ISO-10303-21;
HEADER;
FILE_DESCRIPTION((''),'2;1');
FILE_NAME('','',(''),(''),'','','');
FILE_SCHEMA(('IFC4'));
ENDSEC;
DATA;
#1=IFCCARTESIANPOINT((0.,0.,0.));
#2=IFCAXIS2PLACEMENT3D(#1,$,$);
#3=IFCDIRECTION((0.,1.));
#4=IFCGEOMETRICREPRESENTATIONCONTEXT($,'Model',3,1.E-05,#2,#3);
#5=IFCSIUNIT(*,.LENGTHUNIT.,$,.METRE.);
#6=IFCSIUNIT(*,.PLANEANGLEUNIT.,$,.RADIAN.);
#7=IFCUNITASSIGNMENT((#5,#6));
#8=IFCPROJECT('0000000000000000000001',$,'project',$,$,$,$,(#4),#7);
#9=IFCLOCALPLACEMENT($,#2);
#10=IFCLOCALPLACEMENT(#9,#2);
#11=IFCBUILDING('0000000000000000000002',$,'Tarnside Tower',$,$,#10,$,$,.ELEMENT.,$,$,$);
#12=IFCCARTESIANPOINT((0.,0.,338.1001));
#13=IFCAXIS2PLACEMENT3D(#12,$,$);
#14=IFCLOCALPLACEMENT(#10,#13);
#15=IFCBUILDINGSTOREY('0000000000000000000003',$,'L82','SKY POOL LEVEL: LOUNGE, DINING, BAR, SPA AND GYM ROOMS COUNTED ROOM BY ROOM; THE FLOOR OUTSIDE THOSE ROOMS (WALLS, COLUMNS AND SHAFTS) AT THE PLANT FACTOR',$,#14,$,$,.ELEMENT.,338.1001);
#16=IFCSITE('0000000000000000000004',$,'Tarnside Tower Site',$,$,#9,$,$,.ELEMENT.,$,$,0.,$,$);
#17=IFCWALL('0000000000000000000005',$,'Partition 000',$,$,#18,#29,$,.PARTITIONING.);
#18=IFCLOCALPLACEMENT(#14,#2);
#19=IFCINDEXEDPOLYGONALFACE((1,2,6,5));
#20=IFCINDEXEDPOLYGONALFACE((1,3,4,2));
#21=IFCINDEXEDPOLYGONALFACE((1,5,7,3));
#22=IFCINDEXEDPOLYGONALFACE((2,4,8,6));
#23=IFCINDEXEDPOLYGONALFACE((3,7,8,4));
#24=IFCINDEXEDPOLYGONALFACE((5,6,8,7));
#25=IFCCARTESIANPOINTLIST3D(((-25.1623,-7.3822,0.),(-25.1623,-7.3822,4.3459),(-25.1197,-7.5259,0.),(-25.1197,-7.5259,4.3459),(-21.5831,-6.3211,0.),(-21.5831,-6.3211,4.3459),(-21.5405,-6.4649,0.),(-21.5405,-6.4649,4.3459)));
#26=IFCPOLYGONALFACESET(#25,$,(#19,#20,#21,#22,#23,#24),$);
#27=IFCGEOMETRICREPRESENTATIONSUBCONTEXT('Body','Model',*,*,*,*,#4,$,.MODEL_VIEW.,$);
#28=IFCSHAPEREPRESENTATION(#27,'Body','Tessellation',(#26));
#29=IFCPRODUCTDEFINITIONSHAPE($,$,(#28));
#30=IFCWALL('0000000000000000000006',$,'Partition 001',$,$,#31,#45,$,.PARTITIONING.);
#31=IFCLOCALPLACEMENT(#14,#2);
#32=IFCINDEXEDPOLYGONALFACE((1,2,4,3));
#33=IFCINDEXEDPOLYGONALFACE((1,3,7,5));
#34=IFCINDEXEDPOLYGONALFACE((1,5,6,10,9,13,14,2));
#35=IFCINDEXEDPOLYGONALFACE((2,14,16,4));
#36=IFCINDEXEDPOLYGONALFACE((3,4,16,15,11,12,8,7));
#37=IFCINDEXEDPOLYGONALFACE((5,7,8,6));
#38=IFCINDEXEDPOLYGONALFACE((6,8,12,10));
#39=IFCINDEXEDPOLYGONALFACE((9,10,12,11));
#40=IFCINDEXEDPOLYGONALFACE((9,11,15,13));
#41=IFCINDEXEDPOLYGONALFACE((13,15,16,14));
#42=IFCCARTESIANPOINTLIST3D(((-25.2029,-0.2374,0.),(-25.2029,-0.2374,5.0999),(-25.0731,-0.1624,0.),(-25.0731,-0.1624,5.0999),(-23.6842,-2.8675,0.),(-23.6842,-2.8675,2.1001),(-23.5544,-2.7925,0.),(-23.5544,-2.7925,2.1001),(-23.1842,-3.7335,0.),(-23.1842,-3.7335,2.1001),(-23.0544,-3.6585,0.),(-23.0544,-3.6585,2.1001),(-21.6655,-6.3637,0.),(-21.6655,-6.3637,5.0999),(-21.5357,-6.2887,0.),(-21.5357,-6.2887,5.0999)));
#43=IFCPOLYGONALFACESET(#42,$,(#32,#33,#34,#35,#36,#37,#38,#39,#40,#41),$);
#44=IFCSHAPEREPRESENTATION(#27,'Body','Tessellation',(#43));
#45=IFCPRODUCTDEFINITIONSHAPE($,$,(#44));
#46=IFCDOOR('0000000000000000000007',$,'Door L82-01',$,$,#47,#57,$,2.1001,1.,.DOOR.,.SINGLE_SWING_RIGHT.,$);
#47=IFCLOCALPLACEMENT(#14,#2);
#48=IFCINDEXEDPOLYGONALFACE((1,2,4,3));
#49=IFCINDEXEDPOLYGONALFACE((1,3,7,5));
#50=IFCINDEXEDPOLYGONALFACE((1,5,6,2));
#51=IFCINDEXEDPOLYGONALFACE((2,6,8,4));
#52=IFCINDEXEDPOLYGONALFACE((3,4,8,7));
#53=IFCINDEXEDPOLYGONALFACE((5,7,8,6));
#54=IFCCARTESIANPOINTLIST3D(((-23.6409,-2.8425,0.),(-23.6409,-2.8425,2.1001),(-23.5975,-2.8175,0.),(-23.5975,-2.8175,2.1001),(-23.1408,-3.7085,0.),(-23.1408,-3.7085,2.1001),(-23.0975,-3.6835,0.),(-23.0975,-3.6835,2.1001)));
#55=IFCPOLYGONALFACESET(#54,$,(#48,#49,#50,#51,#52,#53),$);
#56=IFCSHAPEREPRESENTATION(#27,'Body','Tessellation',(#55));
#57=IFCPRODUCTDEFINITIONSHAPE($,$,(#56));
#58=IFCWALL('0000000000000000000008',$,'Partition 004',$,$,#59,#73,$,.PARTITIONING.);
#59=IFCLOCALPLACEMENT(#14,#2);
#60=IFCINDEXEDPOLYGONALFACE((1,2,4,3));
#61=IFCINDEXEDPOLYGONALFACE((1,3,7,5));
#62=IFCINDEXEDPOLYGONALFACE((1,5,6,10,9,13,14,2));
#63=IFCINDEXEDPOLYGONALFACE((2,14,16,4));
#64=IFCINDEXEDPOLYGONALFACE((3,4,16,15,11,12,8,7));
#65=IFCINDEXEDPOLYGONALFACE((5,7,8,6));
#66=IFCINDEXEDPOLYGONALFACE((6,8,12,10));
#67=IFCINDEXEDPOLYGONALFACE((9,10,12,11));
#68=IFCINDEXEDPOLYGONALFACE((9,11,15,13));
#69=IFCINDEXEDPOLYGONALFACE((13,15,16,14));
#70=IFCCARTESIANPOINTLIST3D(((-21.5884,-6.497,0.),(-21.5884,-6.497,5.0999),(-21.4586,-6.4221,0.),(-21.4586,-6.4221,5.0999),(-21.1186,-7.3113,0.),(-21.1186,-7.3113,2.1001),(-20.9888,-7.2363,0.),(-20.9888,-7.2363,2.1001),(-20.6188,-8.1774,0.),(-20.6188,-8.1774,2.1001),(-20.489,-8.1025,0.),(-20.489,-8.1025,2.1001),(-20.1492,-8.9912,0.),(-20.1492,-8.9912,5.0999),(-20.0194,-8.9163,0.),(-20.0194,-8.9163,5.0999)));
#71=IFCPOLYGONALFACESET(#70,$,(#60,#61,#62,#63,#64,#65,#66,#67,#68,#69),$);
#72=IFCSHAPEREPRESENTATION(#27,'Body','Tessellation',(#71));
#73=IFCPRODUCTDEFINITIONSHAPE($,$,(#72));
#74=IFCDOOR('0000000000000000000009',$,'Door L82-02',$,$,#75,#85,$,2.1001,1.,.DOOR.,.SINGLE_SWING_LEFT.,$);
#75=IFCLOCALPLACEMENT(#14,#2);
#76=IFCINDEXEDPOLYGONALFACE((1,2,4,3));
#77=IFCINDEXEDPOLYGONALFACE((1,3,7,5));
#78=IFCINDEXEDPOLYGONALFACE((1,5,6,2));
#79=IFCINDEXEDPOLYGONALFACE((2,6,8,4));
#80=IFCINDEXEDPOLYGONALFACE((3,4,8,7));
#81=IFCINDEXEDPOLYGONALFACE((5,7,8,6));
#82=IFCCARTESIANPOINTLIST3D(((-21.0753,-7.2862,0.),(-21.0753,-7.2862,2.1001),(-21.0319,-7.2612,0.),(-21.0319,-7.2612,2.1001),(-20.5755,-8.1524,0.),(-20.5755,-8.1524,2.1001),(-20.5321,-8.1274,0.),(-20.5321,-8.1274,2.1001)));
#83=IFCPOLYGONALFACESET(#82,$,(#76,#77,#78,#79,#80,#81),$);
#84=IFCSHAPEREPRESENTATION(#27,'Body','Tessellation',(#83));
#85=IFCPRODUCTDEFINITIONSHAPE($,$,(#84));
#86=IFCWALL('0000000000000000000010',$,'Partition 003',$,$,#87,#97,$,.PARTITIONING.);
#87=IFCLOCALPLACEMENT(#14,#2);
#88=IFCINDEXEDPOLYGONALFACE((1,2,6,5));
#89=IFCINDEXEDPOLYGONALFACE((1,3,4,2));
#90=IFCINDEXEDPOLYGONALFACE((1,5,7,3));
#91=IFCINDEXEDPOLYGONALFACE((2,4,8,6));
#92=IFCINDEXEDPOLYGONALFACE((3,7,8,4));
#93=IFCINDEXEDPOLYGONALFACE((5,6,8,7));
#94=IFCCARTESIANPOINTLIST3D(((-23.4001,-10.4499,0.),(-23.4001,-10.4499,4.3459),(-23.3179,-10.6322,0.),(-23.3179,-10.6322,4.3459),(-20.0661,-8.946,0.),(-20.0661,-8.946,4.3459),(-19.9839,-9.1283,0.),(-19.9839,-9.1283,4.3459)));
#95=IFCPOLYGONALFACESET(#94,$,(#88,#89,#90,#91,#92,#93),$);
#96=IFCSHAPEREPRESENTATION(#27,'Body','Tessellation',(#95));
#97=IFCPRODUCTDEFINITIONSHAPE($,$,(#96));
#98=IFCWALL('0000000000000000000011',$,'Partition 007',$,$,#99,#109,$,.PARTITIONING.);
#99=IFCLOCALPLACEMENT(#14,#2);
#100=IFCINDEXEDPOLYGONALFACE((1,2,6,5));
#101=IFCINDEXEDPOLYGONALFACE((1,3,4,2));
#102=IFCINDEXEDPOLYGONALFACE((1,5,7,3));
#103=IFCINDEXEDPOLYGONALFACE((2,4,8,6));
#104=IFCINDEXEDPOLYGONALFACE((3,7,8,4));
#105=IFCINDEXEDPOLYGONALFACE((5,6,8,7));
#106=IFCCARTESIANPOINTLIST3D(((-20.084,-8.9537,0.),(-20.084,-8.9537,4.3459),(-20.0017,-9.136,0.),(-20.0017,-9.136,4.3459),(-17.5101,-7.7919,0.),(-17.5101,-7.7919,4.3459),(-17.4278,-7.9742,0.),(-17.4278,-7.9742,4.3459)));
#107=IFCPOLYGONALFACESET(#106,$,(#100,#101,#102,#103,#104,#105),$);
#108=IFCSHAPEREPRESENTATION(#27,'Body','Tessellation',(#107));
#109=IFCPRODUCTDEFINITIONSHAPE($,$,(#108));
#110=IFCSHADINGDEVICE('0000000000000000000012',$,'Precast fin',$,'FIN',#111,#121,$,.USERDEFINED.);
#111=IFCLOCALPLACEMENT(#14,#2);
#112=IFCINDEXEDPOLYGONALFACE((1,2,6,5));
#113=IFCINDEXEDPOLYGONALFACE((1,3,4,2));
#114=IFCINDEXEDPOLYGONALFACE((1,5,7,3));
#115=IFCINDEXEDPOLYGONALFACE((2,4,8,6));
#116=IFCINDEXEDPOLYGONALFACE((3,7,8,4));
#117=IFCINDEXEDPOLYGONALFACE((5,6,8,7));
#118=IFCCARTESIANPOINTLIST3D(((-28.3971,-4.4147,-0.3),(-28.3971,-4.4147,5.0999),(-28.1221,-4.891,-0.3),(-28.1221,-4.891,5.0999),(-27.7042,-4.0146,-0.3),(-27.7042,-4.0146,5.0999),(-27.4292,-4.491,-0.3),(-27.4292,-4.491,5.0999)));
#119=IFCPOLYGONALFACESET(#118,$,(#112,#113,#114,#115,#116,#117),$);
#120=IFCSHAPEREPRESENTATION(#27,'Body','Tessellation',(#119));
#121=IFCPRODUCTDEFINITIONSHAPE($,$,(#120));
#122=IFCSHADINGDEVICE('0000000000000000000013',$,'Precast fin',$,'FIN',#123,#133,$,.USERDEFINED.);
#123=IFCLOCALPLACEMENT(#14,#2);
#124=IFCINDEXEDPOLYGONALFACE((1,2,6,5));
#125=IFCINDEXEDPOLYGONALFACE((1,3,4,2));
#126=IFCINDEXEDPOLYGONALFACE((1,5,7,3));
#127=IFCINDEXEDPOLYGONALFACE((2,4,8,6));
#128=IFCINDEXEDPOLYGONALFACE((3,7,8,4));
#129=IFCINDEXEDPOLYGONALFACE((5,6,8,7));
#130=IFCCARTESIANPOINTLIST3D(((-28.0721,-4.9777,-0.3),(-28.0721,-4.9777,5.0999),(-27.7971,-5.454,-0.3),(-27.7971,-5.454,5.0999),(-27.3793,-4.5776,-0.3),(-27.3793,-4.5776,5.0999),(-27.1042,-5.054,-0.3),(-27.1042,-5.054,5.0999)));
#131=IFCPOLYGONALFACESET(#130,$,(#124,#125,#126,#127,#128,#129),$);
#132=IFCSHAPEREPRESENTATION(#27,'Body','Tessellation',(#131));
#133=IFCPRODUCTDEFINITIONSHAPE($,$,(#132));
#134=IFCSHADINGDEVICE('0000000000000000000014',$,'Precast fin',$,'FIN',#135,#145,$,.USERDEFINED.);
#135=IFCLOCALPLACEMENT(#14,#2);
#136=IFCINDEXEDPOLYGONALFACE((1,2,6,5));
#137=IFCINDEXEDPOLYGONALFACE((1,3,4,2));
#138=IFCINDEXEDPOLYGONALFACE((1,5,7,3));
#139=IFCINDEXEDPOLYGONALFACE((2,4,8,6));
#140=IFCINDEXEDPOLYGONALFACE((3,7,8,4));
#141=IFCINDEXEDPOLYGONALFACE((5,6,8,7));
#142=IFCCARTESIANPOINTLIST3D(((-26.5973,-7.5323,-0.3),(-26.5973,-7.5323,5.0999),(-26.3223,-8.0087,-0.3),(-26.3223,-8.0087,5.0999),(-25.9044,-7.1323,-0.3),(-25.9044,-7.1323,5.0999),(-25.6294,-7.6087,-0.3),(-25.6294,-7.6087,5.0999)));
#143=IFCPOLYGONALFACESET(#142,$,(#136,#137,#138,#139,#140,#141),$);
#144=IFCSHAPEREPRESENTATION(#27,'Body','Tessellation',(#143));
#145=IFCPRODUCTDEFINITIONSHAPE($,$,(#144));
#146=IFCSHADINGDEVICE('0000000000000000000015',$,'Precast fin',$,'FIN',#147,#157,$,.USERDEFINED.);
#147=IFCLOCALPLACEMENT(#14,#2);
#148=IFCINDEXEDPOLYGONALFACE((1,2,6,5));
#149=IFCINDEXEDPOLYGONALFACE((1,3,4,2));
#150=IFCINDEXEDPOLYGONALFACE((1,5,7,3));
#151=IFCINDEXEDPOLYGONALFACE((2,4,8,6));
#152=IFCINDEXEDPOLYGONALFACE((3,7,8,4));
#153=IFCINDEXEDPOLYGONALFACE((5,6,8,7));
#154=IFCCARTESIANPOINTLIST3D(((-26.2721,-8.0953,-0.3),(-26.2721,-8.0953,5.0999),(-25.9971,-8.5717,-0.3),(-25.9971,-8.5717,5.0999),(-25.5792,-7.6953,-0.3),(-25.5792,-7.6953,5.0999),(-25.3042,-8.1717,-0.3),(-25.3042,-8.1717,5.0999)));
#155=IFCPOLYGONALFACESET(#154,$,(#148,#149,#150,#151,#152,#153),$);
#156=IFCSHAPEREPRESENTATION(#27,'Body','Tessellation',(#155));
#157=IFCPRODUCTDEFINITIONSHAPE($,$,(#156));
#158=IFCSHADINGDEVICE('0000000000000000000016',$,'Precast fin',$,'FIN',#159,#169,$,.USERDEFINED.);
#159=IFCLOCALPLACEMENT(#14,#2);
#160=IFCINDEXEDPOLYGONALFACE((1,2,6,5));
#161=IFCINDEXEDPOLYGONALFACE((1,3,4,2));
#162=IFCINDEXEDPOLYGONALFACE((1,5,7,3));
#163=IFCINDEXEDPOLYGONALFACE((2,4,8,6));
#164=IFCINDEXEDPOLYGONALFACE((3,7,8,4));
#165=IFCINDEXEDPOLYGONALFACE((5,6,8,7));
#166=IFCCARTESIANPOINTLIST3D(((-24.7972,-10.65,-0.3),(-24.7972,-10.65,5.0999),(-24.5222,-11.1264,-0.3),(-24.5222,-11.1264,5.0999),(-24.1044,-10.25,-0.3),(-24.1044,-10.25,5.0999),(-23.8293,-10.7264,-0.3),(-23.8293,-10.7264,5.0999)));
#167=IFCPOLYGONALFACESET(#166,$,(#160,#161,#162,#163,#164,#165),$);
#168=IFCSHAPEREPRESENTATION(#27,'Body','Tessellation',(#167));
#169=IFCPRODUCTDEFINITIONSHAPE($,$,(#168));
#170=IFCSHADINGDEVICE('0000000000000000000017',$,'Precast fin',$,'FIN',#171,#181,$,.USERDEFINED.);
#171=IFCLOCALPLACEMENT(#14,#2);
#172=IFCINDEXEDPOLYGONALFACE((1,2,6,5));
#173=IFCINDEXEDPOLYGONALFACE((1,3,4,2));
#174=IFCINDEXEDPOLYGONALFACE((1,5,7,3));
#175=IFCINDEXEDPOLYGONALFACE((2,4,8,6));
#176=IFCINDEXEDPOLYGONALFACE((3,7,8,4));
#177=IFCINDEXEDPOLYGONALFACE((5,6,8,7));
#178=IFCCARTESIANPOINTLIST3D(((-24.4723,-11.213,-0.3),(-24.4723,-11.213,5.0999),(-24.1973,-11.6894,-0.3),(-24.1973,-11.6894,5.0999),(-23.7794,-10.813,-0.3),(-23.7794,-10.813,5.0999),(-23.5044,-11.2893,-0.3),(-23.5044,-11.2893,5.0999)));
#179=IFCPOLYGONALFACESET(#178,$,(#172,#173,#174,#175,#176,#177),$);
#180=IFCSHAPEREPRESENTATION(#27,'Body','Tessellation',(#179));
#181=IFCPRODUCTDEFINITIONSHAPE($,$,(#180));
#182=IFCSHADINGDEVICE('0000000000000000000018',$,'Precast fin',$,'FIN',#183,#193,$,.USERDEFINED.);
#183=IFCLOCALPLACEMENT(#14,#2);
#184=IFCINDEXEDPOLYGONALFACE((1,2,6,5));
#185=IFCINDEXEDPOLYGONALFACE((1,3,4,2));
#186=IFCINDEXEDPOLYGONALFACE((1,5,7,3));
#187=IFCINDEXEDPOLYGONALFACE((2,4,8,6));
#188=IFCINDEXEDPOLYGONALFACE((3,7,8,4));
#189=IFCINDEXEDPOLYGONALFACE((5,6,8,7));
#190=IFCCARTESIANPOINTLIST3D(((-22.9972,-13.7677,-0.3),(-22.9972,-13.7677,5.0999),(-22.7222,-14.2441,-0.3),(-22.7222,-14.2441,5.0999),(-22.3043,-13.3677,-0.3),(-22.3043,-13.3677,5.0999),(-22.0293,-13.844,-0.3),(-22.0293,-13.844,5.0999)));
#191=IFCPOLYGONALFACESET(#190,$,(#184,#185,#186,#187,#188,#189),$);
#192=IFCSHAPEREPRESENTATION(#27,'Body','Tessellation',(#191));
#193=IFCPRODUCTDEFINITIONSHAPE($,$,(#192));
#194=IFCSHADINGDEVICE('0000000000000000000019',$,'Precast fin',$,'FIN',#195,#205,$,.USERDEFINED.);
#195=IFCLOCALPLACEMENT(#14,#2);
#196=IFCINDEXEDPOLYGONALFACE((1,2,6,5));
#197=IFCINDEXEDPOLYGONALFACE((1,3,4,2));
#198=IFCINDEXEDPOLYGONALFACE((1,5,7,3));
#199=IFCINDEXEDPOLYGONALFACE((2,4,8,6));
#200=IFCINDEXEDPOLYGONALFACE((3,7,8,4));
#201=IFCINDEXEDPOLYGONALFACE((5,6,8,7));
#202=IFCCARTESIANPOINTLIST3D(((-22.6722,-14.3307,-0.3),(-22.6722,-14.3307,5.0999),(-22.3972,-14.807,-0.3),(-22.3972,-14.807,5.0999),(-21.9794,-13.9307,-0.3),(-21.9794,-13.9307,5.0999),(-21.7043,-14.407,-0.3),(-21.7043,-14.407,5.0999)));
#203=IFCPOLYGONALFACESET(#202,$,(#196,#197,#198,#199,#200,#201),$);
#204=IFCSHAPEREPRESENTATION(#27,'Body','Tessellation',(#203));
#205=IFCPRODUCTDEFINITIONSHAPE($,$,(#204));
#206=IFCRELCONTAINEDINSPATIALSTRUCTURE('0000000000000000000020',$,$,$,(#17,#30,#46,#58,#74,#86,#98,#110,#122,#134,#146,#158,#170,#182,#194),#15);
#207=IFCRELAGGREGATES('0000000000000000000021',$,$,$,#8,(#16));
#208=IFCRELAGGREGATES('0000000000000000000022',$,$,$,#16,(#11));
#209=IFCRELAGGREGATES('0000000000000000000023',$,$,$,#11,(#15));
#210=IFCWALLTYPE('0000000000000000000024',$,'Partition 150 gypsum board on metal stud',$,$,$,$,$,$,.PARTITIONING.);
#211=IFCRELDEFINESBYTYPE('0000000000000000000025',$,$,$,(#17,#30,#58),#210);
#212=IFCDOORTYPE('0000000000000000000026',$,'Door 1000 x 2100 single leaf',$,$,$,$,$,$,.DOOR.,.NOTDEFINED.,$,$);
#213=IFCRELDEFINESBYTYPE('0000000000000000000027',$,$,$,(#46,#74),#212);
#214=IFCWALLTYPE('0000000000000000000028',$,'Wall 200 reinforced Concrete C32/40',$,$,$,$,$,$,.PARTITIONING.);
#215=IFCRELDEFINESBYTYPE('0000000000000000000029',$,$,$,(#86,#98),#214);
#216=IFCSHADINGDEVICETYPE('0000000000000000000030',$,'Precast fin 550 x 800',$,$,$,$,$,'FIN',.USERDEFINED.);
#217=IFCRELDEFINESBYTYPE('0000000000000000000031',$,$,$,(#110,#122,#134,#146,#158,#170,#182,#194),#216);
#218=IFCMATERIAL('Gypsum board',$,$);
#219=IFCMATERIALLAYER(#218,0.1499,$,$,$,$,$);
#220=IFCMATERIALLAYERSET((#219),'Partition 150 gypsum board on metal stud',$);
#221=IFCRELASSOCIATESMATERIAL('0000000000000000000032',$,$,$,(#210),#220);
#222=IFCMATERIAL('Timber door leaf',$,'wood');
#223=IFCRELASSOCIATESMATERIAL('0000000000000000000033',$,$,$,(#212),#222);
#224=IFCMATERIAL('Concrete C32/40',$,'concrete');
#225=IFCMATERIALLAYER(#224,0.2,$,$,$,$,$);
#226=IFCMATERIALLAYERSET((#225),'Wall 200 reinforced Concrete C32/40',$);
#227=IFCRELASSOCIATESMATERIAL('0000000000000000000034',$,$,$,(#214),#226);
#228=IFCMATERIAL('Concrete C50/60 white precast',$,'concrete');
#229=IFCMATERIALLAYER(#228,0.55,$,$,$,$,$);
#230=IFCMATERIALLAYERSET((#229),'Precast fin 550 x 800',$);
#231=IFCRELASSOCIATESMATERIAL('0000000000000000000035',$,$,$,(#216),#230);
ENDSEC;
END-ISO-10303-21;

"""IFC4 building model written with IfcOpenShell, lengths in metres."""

from ifc_helpers import new_model, si_unit, direction, frame, frame_2d, origin, place, context, subcontext, project, spatial, polyline, rectangle, outline, extrude, material, layer, layer_set, type_object, element, fill, save


model = new_model("IFC4")

# Units and contexts
model_context = context("Model", 3, precision=1e-05, world=origin(), true_north=direction((0.0, 1.0)))
body_context = subcontext(model_context, "Body", "Model", "MODEL_VIEW")
ifc_project = project(units=[si_unit("LENGTHUNIT", "METRE"), si_unit("PLANEANGLEUNIT", "RADIAN")], contexts=[model_context])

# Site, building, storey
site_placement = place(None, origin())
site = spatial("IfcSite", under=ifc_project, at=site_placement, Name="Tarnside Tower Site", CompositionType="ELEMENT", RefElevation=0.0)
building_placement = place(site_placement, origin())
building = spatial("IfcBuilding", under=site, at=building_placement, Name="Tarnside Tower", CompositionType="ELEMENT")
storey_placement = place(building_placement, frame((0.0, 0.0, 338.1001)))
storey = spatial("IfcBuildingStorey", under=building, at=storey_placement, Name="L82", Description="SKY POOL LEVEL: LOUNGE, DINING, BAR, SPA AND GYM ROOMS COUNTED ROOM BY ROOM; THE FLOOR OUTSIDE THOSE ROOMS (WALLS, COLUMNS AND SHAFTS) AT THE PLANT FACTOR", CompositionType="ELEMENT", Elevation=338.1001)

# Wall
ifc_material_1 = material(Name="Gypsum board")
ifc_layer_1 = layer(ifc_material_1, 0.1499)
ifc_layer_set_1 = layer_set([ifc_layer_1], Name="Partition 150 gypsum board on metal stud")
wall_type_1 = type_object("IfcWallType", Name="Partition 150 gypsum board on metal stud", PredefinedType="PARTITIONING", material=ifc_layer_set_1)
wall_1_placement = place(storey_placement, frame((-25.1411, -7.4541, 0.0), z_axis=(0.0, 0.0, 1.0), x_axis=(0.958757, 0.284226, 0.0)))
element("IfcWall", 1, at=wall_1_placement, inside=storey, type_object=wall_type_1, Name="Partition 000", PredefinedType="PARTITIONING", context=body_context, shape_type="SweptSolid", body=[
    extrude(rectangle(XDim=3.7332, YDim=0.1499, at=frame_2d((1.8667, 0.0))), origin(), (0.0, 0.0, 1.0), 4.3459),
])

# Walls, openings, doors
wall_2_placement = place(storey_placement, frame((-21.6006, -6.3262, 0.0), z_axis=(0.0, 0.0, 1.0), x_axis=(-0.50004, 0.866002, 0.0)))
wall_2 = element("IfcWall", 2, at=wall_2_placement, inside=storey, type_object=wall_type_1, Name="Partition 001", PredefinedType="PARTITIONING", context=body_context, shape_type="SweptSolid", body=[
    extrude(rectangle(XDim=7.0742, YDim=0.1499, at=frame_2d((3.5371, 0.0))), origin(), (0.0, 0.0, 1.0), 5.0999),
])
opening_1_placement = place(wall_2_placement, frame((3.0371, 0.0, 0.0)))
opening_1 = element("IfcOpeningElement", 3, at=opening_1_placement, cuts=wall_2, PredefinedType="OPENING", context=body_context, shape_type="SweptSolid", body=[
    extrude(rectangle(XDim=1.0, YDim=2.1001, at=frame_2d((0.5, 1.05))), frame((0.0, 0.085, 0.0), z_axis=(0.0, -1.0, 0.0), x_axis=(1.0, 0.0, 0.0)), (0.0, 0.0, 1.0), 0.1699),
])
ifc_material_2 = material(Name="Timber door leaf", Category="wood")
door_type = type_object("IfcDoorType", Name="Door 1000 x 2100 single leaf", OperationType="NOTDEFINED", PredefinedType="DOOR", material=ifc_material_2)
door_1_placement = place(opening_1_placement, origin())
door_1 = element("IfcDoor", 4, at=door_1_placement, inside=storey, type_object=door_type, Name="Door L82-01", OperationType="SINGLE_SWING_RIGHT", OverallHeight=2.1001, OverallWidth=1.0, PredefinedType="DOOR", context=body_context, shape_type="SweptSolid", body=[
    extrude(rectangle(XDim=1.0, YDim=2.1001, at=frame_2d((0.5, 1.05))), frame((0.0, 0.0249, 0.0), z_axis=(0.0, -1.0, 0.0), x_axis=(1.0, 0.0, 0.0)), (0.0, 0.0, 1.0), 0.05),
])
fill(opening_1, door_1)
wall_3_placement = place(storey_placement, frame((-20.0842, -8.9539, 0.0), z_axis=(0.0, 0.0, 1.0), x_axis=(-0.499796, 0.866143, 0.0)))
wall_3 = element("IfcWall", 5, at=wall_3_placement, inside=storey, type_object=wall_type_1, Name="Partition 004", PredefinedType="PARTITIONING", context=body_context, shape_type="SweptSolid", body=[
    extrude(rectangle(XDim=2.8796, YDim=0.1499, at=frame_2d((1.4399, 0.0))), origin(), (0.0, 0.0, 1.0), 5.0999),
])
opening_2_placement = place(wall_3_placement, frame((0.9397, 0.0, 0.0)))
opening_2 = element("IfcOpeningElement", 6, at=opening_2_placement, cuts=wall_3, PredefinedType="OPENING", context=body_context, shape_type="SweptSolid", body=[
    extrude(rectangle(XDim=1.0, YDim=2.1001, at=frame_2d((0.5, 1.05))), frame((0.0, 0.085, 0.0), z_axis=(0.0, -1.0, 0.0), x_axis=(1.0, 0.0, 0.0)), (0.0, 0.0, 1.0), 0.1699),
])
door_2_placement = place(opening_2_placement, origin())
door_2 = element("IfcDoor", 7, at=door_2_placement, inside=storey, type_object=door_type, Name="Door L82-02", OperationType="SINGLE_SWING_LEFT", OverallHeight=2.1001, OverallWidth=1.0, PredefinedType="DOOR", context=body_context, shape_type="SweptSolid", body=[
    extrude(rectangle(XDim=1.0, YDim=2.1001, at=frame_2d((0.5, 1.05))), frame((0.0, 0.0249, 0.0), z_axis=(0.0, -1.0, 0.0), x_axis=(1.0, 0.0, 0.0)), (0.0, 0.0, 1.0), 0.05),
])
fill(opening_2, door_2)

# Walls
ifc_material_3 = material(Name="Concrete C32/40", Category="concrete")
ifc_layer_2 = layer(ifc_material_3, 0.2)
ifc_layer_set_2 = layer_set([ifc_layer_2], Name="Wall 200 reinforced Concrete C32/40")
wall_type_2 = type_object("IfcWallType", Name="Wall 200 reinforced Concrete C32/40", PredefinedType="PARTITIONING", material=ifc_layer_set_2)
wall_4_placement = place(storey_placement, frame((-23.3589, -10.541, 0.0), z_axis=(0.0, 0.0, 1.0), x_axis=(0.911551, 0.411186, 0.0)))
element("IfcWall", 8, at=wall_4_placement, inside=storey, type_object=wall_type_2, Name="Partition 003", PredefinedType="PARTITIONING", context=body_context, shape_type="SweptSolid", body=[
    extrude(rectangle(XDim=3.6575, YDim=0.2, at=frame_2d((1.8286, 0.0))), origin(), (0.0, 0.0, 1.0), 4.3459),
])
wall_5_placement = place(storey_placement, frame((-20.043, -9.0449, 0.0), z_axis=(0.0, 0.0, 1.0), x_axis=(0.911447, 0.411418, 0.0)))
element("IfcWall", 9, at=wall_5_placement, inside=storey, type_object=wall_type_2, Name="Partition 007", PredefinedType="PARTITIONING", context=body_context, shape_type="SweptSolid", body=[
    extrude(rectangle(XDim=2.824, YDim=0.2, at=frame_2d((1.4121, 0.0))), origin(), (0.0, 0.0, 1.0), 4.3459),
])

# Shading devices
ifc_material_4 = material(Name="Concrete C50/60 white precast", Category="concrete")
ifc_layer_3 = layer(ifc_material_4, 0.55)
ifc_layer_set_3 = layer_set([ifc_layer_3], Name="Precast fin 550 x 800")
shading_device_type = type_object("IfcShadingDeviceType", Name="Precast fin 550 x 800", ElementType="FIN", PredefinedType="USERDEFINED", material=ifc_layer_set_3)
for number, where, z_axis, x_axis, name in (
    (10, (-27.5667, -4.2529, -0.3), (-0.5, 0.866025, 0.0), (-0.866025, -0.5, 0.0), "Precast fin"),
    (11, (-27.2417, -4.8159, -0.3), (-0.5, 0.866025, 0.0), (-0.866025, -0.5, 0.0), "Precast fin"),
    (12, (-25.7668, -7.3706, -0.3), (-0.5, 0.866025, 0.0), (-0.866025, -0.5, 0.0), "Precast fin"),
    (13, (-25.4417, -7.9336, -0.3), (-0.5, 0.866025, 0.0), (-0.866025, -0.5, 0.0), "Precast fin"),
    (14, (-23.9668, -10.4883, -0.3), (-0.5, 0.866025, 0.0), (-0.866025, -0.5, 0.0), "Precast fin"),
    (15, (-23.6418, -11.0513, -0.3), (-0.5, 0.866025, 0.0), (-0.866025, -0.5, 0.0), "Precast fin"),
    (16, (-22.1667, -13.606, -0.3), (-0.5, 0.866025, 0.0), (-0.866025, -0.5, 0.0), "Precast fin"),
    (17, (-21.8418, -14.1689, -0.3), (-0.5, 0.866025, 0.0), (-0.866025, -0.5, 0.0), "Precast fin"),
):
    element("IfcShadingDevice", number, at=place(storey_placement, frame(where, z_axis=z_axis, x_axis=x_axis)), inside=storey, type_object=shading_device_type, Name=name, ObjectType="FIN", PredefinedType="USERDEFINED", context=body_context, shape_type="SweptSolid", body=[
        extrude(outline(polyline([(0.0, 0.0), (0.8, 0.0), (0.8, 5.3999), (0.0, 5.3999), (0.0, 0.0)])), frame((0.0, 0.0, -0.2749)), (0.0, 0.0, 1.0), 0.55),
    ])

save(model, "model.ifc")
